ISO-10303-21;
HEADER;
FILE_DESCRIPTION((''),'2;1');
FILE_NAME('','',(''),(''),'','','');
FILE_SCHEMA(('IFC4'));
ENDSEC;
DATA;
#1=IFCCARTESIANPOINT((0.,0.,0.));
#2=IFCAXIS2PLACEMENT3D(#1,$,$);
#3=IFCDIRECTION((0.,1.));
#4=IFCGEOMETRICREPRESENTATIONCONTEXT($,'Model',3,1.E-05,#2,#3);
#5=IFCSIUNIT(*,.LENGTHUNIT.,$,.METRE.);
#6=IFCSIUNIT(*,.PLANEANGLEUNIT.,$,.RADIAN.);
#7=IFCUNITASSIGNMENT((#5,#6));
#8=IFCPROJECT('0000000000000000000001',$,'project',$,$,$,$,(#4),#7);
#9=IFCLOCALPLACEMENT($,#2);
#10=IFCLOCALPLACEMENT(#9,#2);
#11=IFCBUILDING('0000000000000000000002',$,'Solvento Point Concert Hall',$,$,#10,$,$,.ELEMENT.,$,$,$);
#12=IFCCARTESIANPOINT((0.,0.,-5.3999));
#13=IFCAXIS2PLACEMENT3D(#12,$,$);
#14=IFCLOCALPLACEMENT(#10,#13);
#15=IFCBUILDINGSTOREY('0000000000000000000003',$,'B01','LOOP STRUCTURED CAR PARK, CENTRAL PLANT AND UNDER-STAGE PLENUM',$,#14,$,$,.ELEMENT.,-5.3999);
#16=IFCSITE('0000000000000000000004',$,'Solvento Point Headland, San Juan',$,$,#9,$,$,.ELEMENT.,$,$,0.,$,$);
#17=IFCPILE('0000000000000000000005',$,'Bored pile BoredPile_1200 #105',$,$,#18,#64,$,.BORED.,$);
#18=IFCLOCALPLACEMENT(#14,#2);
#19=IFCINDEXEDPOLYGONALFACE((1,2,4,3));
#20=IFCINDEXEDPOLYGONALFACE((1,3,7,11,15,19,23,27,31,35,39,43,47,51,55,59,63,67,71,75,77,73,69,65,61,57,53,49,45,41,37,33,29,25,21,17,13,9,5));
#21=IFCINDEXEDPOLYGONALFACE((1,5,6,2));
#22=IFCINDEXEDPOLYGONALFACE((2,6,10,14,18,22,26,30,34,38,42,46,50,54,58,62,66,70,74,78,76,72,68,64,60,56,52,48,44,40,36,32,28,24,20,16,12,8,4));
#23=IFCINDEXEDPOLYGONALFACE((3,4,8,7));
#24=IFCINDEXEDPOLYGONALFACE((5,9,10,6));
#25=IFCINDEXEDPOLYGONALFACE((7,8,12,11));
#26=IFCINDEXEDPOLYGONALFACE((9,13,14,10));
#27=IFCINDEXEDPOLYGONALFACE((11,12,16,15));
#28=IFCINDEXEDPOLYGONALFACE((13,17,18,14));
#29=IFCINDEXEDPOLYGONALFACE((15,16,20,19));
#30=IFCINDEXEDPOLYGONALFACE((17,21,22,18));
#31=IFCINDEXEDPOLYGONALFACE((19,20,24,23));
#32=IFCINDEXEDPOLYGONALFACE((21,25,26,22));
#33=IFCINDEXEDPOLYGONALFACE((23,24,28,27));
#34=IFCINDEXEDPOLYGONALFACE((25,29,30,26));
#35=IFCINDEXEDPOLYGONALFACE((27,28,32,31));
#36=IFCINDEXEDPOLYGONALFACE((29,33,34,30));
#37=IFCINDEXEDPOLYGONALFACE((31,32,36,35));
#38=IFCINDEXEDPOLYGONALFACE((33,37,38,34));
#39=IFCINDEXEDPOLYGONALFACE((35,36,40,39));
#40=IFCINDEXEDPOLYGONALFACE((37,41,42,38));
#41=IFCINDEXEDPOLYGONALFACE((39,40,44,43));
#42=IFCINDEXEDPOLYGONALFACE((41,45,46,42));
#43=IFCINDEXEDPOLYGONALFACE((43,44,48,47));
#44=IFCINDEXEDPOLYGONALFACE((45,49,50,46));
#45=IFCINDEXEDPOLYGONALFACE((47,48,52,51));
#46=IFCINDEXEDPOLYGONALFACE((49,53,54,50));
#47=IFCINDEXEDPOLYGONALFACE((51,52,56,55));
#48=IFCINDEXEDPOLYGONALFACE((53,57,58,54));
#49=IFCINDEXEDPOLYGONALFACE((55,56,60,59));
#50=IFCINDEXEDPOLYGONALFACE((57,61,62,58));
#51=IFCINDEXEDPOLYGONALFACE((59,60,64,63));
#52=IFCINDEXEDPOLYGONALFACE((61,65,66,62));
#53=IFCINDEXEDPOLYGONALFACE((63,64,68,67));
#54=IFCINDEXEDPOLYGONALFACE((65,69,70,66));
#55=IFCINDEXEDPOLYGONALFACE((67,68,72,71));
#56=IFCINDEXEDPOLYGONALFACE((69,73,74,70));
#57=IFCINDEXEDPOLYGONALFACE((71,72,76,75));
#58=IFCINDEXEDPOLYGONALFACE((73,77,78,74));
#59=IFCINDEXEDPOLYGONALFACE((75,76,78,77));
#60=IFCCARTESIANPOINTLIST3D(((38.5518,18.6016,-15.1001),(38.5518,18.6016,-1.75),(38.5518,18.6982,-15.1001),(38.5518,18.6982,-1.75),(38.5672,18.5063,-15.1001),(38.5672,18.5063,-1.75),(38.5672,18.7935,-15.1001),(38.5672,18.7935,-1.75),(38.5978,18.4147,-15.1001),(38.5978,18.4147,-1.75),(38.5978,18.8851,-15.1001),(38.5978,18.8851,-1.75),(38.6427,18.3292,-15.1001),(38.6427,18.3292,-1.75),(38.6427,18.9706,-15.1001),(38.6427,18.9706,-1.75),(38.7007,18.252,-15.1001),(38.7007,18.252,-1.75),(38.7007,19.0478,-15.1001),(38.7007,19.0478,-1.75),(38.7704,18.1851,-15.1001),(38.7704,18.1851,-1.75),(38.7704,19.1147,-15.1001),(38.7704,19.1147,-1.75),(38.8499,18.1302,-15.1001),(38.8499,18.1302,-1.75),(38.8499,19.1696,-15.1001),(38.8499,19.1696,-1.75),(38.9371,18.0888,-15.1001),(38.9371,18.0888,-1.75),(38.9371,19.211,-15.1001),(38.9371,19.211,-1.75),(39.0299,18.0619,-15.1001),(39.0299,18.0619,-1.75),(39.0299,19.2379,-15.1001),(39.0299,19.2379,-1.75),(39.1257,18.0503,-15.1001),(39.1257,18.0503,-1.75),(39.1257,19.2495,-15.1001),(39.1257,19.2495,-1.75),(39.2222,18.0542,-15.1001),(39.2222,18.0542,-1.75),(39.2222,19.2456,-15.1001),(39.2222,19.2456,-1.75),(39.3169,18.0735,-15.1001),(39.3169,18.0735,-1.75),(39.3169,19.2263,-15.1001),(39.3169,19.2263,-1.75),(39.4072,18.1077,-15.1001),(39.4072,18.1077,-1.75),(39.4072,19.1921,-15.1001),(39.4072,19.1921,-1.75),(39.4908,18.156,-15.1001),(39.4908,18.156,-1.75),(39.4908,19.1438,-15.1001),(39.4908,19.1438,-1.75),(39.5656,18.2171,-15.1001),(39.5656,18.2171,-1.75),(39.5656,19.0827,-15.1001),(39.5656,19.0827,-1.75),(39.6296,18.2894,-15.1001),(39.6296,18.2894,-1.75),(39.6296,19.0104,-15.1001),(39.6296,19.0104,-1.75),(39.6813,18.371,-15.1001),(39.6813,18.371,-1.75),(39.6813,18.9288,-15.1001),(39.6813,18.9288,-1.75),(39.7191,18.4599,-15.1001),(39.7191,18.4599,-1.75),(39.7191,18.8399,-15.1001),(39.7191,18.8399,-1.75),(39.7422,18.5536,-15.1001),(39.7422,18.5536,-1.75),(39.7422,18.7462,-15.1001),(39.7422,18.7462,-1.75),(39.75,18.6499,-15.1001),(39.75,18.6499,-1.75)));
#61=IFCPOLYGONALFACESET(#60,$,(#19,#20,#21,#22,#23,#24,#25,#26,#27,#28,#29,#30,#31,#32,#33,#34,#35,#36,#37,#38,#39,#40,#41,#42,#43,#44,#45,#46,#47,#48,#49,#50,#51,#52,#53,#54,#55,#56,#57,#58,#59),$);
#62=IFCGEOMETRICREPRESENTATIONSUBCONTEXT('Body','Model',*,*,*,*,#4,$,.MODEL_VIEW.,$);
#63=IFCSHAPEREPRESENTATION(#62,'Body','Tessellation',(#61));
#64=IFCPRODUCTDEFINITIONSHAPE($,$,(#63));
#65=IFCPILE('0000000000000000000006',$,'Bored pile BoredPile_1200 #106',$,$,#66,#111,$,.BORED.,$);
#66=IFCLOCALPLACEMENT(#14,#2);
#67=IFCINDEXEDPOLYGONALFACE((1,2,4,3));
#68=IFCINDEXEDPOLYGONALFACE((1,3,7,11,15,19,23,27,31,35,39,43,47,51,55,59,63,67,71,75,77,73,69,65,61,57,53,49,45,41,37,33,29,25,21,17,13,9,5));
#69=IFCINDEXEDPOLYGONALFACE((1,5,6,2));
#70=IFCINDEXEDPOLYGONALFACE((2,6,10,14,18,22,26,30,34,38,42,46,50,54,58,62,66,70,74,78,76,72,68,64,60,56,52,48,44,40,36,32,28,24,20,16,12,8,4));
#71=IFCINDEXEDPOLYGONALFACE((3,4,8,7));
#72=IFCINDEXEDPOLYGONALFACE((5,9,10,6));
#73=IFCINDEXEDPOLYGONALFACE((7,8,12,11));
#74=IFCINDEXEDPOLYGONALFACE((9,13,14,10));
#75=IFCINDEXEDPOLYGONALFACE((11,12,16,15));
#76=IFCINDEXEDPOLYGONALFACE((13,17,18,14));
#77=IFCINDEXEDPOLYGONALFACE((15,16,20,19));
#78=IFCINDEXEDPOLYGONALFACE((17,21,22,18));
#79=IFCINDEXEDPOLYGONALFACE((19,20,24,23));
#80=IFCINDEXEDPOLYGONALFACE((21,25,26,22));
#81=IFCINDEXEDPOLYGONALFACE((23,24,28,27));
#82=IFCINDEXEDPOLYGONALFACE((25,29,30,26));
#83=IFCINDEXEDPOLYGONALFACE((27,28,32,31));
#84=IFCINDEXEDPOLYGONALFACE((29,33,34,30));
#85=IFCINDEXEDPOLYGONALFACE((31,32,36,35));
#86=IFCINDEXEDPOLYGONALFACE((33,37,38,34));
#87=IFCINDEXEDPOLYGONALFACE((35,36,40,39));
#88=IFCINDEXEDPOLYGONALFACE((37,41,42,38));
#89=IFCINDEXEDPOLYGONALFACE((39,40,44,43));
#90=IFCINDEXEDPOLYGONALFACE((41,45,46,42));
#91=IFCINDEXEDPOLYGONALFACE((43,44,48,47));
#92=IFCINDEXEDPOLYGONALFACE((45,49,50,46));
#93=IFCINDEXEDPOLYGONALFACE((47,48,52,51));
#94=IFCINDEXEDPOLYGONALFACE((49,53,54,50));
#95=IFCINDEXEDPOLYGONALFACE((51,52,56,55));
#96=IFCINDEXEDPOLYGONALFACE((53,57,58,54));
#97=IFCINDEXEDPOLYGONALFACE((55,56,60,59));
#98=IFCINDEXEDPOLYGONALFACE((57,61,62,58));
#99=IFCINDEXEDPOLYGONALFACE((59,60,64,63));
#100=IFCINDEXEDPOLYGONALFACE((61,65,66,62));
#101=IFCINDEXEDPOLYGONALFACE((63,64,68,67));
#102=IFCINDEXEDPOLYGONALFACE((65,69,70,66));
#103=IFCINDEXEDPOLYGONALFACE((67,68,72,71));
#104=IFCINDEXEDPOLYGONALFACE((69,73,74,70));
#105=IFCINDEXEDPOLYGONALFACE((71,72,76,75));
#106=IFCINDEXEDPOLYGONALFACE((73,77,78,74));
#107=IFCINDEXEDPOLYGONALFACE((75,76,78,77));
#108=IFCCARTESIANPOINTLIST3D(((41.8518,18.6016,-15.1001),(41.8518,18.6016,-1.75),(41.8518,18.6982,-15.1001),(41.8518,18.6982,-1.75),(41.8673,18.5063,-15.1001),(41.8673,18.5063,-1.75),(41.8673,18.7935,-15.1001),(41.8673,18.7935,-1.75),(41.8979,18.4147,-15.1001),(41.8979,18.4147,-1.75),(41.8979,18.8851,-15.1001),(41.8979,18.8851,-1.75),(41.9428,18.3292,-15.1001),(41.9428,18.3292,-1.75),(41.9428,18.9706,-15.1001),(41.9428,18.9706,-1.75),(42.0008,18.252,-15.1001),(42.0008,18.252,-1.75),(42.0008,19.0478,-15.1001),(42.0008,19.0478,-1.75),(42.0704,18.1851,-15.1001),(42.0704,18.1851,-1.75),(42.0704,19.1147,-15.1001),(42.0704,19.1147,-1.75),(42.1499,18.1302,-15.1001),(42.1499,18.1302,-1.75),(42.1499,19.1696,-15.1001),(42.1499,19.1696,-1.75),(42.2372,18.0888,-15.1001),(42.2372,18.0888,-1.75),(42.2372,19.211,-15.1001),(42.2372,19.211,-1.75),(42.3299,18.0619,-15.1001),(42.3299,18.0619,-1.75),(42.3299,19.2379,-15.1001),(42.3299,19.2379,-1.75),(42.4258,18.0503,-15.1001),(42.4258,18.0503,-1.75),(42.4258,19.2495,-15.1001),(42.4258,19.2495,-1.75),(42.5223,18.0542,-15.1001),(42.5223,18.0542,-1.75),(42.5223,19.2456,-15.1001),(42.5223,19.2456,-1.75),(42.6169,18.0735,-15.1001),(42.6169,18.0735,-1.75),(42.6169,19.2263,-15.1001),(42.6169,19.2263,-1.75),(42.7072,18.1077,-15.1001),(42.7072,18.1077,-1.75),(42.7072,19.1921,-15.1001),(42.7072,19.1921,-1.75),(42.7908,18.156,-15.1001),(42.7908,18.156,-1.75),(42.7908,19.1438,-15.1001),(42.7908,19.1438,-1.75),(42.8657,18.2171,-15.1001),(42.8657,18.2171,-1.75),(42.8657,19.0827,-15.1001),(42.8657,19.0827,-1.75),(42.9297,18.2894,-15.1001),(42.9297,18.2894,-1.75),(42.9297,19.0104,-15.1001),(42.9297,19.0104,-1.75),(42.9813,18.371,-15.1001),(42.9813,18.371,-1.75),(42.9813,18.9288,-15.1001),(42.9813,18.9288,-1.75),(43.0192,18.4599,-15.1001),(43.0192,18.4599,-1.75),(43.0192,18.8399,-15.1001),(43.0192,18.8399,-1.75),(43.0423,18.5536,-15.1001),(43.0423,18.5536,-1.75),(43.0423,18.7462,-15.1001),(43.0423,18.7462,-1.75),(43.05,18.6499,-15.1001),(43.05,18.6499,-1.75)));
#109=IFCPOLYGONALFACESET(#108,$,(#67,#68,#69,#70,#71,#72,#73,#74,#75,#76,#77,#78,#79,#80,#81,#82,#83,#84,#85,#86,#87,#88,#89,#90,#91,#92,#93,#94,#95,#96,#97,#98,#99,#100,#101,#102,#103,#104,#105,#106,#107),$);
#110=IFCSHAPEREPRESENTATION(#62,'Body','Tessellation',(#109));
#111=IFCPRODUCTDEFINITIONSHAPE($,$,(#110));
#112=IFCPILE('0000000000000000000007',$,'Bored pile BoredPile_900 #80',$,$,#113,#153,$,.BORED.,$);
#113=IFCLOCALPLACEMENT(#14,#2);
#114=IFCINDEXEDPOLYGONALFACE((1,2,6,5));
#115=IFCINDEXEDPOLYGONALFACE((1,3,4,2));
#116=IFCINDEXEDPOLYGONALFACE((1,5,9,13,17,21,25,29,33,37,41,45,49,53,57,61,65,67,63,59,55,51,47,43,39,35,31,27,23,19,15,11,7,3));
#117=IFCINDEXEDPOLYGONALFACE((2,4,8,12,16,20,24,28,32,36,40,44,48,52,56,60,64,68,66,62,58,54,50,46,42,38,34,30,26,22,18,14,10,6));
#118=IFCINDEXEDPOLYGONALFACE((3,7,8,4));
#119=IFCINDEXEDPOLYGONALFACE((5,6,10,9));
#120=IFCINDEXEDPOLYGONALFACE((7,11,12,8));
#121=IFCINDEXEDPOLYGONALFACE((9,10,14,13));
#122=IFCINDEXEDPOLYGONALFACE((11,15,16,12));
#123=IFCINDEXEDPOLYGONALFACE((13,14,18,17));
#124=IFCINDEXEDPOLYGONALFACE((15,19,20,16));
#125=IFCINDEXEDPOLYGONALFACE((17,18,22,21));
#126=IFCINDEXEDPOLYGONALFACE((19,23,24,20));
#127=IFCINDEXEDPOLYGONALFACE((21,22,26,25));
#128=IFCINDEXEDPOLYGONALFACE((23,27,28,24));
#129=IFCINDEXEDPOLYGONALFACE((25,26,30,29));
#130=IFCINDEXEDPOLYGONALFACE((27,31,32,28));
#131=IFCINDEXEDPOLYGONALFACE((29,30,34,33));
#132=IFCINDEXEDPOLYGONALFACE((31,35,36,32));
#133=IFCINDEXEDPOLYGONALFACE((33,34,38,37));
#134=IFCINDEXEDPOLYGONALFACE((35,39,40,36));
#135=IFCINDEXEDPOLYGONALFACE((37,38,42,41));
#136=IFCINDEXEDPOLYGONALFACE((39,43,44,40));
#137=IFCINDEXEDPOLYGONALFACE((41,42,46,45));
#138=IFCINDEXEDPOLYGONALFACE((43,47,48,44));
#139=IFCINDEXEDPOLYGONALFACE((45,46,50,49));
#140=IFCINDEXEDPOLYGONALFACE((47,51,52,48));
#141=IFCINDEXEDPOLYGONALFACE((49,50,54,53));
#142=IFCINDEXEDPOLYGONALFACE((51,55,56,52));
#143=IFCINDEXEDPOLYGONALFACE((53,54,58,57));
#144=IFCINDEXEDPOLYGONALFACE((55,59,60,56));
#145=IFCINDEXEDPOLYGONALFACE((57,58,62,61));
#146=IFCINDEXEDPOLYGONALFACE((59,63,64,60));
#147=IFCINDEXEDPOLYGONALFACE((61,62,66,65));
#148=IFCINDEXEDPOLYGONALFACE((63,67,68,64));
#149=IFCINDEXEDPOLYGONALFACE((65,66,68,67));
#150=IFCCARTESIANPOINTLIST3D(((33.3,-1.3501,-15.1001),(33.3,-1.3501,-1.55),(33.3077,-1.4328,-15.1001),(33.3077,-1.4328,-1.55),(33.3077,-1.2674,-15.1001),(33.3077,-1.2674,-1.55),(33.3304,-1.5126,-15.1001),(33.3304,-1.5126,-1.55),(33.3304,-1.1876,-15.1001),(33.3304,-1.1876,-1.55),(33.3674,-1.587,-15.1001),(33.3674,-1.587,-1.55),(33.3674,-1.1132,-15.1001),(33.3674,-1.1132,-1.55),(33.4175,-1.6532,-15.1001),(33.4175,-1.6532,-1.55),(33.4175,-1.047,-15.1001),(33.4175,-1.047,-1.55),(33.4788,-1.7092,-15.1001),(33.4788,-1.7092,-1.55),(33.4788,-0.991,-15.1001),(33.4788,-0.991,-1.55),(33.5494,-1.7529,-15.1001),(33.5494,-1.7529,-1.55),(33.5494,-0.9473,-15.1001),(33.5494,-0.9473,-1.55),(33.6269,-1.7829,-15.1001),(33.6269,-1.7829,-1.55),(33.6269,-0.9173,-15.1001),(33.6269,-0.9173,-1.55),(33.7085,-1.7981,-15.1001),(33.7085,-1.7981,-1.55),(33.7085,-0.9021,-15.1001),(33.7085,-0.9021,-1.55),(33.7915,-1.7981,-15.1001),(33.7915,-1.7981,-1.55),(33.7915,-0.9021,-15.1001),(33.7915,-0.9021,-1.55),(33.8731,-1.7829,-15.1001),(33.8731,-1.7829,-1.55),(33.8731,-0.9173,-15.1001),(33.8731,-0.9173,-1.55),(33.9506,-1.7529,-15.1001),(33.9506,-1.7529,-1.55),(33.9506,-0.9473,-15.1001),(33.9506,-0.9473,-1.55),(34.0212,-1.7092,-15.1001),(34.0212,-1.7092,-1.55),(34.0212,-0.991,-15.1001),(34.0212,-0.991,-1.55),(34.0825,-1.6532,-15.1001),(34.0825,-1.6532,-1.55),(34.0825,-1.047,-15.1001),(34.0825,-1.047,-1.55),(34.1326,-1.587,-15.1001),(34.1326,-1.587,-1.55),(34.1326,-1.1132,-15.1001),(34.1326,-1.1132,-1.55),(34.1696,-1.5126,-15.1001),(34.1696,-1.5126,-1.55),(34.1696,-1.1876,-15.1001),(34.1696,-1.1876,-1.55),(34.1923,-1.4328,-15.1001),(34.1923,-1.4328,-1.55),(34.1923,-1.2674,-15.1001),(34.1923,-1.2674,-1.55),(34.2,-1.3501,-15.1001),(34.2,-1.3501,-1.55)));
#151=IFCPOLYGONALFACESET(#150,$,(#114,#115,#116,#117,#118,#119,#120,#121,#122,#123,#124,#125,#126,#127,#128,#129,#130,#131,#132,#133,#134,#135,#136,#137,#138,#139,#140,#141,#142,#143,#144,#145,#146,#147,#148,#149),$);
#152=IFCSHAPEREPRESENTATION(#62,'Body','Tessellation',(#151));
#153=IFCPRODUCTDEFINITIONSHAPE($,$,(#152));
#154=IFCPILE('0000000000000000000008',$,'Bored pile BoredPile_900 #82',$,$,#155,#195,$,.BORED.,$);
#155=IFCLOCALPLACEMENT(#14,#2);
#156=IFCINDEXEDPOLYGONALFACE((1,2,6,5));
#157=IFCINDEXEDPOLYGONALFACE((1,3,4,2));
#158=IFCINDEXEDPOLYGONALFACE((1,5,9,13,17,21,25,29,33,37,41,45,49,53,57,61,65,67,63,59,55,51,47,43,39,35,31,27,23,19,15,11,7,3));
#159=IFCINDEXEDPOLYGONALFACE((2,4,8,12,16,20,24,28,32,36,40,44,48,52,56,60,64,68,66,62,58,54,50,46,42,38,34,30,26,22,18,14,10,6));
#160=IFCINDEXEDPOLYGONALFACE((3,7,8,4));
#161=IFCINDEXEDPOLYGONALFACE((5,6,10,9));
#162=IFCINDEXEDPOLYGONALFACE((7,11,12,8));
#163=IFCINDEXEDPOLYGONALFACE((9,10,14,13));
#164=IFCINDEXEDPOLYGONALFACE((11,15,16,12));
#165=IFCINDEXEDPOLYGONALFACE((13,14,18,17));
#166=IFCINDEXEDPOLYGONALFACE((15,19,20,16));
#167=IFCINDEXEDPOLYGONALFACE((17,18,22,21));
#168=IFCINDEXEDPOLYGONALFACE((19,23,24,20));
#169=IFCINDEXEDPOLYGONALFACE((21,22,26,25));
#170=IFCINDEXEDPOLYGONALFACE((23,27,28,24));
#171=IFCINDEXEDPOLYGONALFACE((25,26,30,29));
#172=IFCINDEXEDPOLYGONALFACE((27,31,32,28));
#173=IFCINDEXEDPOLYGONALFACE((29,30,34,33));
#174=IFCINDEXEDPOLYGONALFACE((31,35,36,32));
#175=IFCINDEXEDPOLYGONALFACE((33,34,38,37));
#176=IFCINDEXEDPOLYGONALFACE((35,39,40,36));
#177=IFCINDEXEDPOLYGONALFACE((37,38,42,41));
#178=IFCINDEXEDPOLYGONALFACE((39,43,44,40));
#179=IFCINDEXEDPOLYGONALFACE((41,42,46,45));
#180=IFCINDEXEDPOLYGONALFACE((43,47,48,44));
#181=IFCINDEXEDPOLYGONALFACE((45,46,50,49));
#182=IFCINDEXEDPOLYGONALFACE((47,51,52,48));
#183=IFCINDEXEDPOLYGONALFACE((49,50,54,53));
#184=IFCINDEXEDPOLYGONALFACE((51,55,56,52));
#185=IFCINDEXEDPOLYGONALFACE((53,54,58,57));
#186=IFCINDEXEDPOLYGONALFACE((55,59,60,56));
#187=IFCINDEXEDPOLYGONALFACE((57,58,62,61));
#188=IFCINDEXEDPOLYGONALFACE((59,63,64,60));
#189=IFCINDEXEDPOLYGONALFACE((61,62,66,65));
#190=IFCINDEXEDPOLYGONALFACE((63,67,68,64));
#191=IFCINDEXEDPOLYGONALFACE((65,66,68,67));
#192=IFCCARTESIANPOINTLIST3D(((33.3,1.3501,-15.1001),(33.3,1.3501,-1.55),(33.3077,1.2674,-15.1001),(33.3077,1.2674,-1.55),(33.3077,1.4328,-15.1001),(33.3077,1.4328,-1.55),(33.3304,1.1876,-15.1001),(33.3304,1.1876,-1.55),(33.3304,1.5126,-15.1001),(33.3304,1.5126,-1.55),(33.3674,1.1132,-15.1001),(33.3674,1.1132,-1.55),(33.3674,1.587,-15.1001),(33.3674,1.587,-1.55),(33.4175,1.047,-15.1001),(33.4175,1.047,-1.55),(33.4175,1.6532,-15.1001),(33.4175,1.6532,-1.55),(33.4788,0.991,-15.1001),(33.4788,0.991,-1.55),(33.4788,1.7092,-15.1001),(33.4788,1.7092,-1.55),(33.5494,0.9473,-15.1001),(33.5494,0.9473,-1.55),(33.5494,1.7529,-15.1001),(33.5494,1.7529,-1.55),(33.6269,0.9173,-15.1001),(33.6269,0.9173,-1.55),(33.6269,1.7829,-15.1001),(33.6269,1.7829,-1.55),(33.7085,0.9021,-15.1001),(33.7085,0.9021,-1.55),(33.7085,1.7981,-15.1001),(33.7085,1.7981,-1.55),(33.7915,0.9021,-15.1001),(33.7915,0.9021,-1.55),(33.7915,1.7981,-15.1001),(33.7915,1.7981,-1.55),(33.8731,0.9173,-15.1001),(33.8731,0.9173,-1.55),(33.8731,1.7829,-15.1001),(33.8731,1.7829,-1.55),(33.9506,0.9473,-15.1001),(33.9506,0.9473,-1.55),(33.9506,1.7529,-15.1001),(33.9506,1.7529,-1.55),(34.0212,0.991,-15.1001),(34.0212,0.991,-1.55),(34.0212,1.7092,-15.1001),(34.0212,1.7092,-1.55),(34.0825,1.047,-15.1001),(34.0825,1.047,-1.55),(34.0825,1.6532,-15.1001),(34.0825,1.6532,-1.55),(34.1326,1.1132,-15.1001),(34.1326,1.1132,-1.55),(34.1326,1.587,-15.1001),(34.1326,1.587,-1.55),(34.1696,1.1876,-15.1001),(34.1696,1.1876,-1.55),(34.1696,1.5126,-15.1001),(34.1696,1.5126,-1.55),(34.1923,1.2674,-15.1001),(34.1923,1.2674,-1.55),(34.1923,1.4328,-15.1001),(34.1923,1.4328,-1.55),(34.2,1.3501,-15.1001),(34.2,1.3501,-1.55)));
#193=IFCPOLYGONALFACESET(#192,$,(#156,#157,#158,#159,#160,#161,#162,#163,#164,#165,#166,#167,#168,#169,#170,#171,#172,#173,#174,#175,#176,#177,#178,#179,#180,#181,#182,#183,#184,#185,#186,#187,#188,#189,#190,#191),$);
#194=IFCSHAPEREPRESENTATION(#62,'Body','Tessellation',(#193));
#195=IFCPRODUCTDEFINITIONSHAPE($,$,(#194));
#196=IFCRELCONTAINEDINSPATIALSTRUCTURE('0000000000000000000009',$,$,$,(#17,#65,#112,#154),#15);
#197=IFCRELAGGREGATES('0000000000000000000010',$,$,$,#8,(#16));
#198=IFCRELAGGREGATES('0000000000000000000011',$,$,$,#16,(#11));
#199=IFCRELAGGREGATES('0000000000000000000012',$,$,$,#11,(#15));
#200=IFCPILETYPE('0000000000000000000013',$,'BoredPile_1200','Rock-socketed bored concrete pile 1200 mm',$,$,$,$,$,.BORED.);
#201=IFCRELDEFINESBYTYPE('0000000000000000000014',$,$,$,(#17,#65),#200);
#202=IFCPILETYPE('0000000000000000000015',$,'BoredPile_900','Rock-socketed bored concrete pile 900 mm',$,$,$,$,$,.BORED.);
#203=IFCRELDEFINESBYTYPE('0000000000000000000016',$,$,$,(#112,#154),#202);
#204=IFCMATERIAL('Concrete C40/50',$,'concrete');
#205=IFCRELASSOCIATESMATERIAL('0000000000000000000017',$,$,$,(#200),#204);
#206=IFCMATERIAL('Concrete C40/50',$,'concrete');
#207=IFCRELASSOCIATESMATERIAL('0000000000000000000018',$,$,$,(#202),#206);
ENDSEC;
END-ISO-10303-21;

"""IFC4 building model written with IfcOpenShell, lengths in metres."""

from ifc_helpers import new_model, si_unit, direction, frame, origin, origin_2d, place, context, subcontext, project, spatial, circle, extrude, material, material_profile, profile_set, type_object, element, save


model = new_model("IFC4")

# Units and contexts
model_context = context("Model", 3, precision=1e-05, world=origin(), true_north=direction((0.0, 1.0)))
body_context = subcontext(model_context, "Body", "Model", "MODEL_VIEW")
ifc_project = project(units=[si_unit("LENGTHUNIT", "METRE"), si_unit("PLANEANGLEUNIT", "RADIAN")], contexts=[model_context])

# Site, building, storey
site_placement = place(None, origin())
site = spatial("IfcSite", under=ifc_project, at=site_placement, Name="Solvento Point Headland, San Juan", CompositionType="ELEMENT", RefElevation=0.0)
building_placement = place(site_placement, origin())
building = spatial("IfcBuilding", under=site, at=building_placement, Name="Solvento Point Concert Hall", CompositionType="ELEMENT")
storey_placement = place(building_placement, frame((0.0, 0.0, -5.3999)))
storey = spatial("IfcBuildingStorey", under=building, at=storey_placement, Name="B01", Description="LOOP STRUCTURED CAR PARK, CENTRAL PLANT AND UNDER-STAGE PLENUM", CompositionType="ELEMENT", Elevation=-5.3999)

# Piles
ifc_material_1 = material(Name="Concrete C40/50", Category="concrete")
ifc_material_profile_1 = material_profile(ifc_material_1, circle(Radius=0.6001, at=origin_2d()), Name="BP-1200")
ifc_profile_set_1 = profile_set([ifc_material_profile_1], Name="Concrete C40/50")
pile_type_1 = type_object("IfcPileType", Name="BoredPile_1200", Description="Rock-socketed bored concrete pile 1200 mm", PredefinedType="BORED", material=ifc_profile_set_1)
for number, where, z_axis, x_axis, name in (
    (1, (39.1499, 18.6499, -1.75), (0.0, 0.0, -1.0), (1.0, 0.0, 0.0), "Bored pile BoredPile_1200 #105"),
    (2, (42.45, 18.6499, -1.75), (0.0, 0.0, -1.0), (1.0, 0.0, 0.0), "Bored pile BoredPile_1200 #106"),
):
    element("IfcPile", number, at=place(storey_placement, frame(where, z_axis=z_axis, x_axis=x_axis)), inside=storey, type_object=pile_type_1, Name=name, PredefinedType="BORED", context=body_context, shape_type="SweptSolid", body=[
        extrude(circle(Radius=0.6001, at=origin_2d()), origin(), (0.0, 0.0, 1.0), 13.3501),
    ])
ifc_material_2 = material(Name="Concrete C40/50", Category="concrete")
ifc_material_profile_2 = material_profile(ifc_material_2, circle(Radius=0.45, at=origin_2d()), Name="BP-900")
ifc_profile_set_2 = profile_set([ifc_material_profile_2], Name="Concrete C40/50")
pile_type_2 = type_object("IfcPileType", Name="BoredPile_900", Description="Rock-socketed bored concrete pile 900 mm", PredefinedType="BORED", material=ifc_profile_set_2)
for number, where, z_axis, x_axis, name in (
    (3, (33.75, -1.3501, -1.55), (0.0, 0.0, -1.0), (1.0, 0.0, 0.0), "Bored pile BoredPile_900 #80"),
    (4, (33.75, 1.3501, -1.55), (0.0, 0.0, -1.0), (1.0, 0.0, 0.0), "Bored pile BoredPile_900 #82"),
):
    element("IfcPile", number, at=place(storey_placement, frame(where, z_axis=z_axis, x_axis=x_axis)), inside=storey, type_object=pile_type_2, Name=name, PredefinedType="BORED", context=body_context, shape_type="SweptSolid", body=[
        extrude(circle(Radius=0.45, at=origin_2d()), origin(), (0.0, 0.0, 1.0), 13.55),
    ])

save(model, "model.ifc")
